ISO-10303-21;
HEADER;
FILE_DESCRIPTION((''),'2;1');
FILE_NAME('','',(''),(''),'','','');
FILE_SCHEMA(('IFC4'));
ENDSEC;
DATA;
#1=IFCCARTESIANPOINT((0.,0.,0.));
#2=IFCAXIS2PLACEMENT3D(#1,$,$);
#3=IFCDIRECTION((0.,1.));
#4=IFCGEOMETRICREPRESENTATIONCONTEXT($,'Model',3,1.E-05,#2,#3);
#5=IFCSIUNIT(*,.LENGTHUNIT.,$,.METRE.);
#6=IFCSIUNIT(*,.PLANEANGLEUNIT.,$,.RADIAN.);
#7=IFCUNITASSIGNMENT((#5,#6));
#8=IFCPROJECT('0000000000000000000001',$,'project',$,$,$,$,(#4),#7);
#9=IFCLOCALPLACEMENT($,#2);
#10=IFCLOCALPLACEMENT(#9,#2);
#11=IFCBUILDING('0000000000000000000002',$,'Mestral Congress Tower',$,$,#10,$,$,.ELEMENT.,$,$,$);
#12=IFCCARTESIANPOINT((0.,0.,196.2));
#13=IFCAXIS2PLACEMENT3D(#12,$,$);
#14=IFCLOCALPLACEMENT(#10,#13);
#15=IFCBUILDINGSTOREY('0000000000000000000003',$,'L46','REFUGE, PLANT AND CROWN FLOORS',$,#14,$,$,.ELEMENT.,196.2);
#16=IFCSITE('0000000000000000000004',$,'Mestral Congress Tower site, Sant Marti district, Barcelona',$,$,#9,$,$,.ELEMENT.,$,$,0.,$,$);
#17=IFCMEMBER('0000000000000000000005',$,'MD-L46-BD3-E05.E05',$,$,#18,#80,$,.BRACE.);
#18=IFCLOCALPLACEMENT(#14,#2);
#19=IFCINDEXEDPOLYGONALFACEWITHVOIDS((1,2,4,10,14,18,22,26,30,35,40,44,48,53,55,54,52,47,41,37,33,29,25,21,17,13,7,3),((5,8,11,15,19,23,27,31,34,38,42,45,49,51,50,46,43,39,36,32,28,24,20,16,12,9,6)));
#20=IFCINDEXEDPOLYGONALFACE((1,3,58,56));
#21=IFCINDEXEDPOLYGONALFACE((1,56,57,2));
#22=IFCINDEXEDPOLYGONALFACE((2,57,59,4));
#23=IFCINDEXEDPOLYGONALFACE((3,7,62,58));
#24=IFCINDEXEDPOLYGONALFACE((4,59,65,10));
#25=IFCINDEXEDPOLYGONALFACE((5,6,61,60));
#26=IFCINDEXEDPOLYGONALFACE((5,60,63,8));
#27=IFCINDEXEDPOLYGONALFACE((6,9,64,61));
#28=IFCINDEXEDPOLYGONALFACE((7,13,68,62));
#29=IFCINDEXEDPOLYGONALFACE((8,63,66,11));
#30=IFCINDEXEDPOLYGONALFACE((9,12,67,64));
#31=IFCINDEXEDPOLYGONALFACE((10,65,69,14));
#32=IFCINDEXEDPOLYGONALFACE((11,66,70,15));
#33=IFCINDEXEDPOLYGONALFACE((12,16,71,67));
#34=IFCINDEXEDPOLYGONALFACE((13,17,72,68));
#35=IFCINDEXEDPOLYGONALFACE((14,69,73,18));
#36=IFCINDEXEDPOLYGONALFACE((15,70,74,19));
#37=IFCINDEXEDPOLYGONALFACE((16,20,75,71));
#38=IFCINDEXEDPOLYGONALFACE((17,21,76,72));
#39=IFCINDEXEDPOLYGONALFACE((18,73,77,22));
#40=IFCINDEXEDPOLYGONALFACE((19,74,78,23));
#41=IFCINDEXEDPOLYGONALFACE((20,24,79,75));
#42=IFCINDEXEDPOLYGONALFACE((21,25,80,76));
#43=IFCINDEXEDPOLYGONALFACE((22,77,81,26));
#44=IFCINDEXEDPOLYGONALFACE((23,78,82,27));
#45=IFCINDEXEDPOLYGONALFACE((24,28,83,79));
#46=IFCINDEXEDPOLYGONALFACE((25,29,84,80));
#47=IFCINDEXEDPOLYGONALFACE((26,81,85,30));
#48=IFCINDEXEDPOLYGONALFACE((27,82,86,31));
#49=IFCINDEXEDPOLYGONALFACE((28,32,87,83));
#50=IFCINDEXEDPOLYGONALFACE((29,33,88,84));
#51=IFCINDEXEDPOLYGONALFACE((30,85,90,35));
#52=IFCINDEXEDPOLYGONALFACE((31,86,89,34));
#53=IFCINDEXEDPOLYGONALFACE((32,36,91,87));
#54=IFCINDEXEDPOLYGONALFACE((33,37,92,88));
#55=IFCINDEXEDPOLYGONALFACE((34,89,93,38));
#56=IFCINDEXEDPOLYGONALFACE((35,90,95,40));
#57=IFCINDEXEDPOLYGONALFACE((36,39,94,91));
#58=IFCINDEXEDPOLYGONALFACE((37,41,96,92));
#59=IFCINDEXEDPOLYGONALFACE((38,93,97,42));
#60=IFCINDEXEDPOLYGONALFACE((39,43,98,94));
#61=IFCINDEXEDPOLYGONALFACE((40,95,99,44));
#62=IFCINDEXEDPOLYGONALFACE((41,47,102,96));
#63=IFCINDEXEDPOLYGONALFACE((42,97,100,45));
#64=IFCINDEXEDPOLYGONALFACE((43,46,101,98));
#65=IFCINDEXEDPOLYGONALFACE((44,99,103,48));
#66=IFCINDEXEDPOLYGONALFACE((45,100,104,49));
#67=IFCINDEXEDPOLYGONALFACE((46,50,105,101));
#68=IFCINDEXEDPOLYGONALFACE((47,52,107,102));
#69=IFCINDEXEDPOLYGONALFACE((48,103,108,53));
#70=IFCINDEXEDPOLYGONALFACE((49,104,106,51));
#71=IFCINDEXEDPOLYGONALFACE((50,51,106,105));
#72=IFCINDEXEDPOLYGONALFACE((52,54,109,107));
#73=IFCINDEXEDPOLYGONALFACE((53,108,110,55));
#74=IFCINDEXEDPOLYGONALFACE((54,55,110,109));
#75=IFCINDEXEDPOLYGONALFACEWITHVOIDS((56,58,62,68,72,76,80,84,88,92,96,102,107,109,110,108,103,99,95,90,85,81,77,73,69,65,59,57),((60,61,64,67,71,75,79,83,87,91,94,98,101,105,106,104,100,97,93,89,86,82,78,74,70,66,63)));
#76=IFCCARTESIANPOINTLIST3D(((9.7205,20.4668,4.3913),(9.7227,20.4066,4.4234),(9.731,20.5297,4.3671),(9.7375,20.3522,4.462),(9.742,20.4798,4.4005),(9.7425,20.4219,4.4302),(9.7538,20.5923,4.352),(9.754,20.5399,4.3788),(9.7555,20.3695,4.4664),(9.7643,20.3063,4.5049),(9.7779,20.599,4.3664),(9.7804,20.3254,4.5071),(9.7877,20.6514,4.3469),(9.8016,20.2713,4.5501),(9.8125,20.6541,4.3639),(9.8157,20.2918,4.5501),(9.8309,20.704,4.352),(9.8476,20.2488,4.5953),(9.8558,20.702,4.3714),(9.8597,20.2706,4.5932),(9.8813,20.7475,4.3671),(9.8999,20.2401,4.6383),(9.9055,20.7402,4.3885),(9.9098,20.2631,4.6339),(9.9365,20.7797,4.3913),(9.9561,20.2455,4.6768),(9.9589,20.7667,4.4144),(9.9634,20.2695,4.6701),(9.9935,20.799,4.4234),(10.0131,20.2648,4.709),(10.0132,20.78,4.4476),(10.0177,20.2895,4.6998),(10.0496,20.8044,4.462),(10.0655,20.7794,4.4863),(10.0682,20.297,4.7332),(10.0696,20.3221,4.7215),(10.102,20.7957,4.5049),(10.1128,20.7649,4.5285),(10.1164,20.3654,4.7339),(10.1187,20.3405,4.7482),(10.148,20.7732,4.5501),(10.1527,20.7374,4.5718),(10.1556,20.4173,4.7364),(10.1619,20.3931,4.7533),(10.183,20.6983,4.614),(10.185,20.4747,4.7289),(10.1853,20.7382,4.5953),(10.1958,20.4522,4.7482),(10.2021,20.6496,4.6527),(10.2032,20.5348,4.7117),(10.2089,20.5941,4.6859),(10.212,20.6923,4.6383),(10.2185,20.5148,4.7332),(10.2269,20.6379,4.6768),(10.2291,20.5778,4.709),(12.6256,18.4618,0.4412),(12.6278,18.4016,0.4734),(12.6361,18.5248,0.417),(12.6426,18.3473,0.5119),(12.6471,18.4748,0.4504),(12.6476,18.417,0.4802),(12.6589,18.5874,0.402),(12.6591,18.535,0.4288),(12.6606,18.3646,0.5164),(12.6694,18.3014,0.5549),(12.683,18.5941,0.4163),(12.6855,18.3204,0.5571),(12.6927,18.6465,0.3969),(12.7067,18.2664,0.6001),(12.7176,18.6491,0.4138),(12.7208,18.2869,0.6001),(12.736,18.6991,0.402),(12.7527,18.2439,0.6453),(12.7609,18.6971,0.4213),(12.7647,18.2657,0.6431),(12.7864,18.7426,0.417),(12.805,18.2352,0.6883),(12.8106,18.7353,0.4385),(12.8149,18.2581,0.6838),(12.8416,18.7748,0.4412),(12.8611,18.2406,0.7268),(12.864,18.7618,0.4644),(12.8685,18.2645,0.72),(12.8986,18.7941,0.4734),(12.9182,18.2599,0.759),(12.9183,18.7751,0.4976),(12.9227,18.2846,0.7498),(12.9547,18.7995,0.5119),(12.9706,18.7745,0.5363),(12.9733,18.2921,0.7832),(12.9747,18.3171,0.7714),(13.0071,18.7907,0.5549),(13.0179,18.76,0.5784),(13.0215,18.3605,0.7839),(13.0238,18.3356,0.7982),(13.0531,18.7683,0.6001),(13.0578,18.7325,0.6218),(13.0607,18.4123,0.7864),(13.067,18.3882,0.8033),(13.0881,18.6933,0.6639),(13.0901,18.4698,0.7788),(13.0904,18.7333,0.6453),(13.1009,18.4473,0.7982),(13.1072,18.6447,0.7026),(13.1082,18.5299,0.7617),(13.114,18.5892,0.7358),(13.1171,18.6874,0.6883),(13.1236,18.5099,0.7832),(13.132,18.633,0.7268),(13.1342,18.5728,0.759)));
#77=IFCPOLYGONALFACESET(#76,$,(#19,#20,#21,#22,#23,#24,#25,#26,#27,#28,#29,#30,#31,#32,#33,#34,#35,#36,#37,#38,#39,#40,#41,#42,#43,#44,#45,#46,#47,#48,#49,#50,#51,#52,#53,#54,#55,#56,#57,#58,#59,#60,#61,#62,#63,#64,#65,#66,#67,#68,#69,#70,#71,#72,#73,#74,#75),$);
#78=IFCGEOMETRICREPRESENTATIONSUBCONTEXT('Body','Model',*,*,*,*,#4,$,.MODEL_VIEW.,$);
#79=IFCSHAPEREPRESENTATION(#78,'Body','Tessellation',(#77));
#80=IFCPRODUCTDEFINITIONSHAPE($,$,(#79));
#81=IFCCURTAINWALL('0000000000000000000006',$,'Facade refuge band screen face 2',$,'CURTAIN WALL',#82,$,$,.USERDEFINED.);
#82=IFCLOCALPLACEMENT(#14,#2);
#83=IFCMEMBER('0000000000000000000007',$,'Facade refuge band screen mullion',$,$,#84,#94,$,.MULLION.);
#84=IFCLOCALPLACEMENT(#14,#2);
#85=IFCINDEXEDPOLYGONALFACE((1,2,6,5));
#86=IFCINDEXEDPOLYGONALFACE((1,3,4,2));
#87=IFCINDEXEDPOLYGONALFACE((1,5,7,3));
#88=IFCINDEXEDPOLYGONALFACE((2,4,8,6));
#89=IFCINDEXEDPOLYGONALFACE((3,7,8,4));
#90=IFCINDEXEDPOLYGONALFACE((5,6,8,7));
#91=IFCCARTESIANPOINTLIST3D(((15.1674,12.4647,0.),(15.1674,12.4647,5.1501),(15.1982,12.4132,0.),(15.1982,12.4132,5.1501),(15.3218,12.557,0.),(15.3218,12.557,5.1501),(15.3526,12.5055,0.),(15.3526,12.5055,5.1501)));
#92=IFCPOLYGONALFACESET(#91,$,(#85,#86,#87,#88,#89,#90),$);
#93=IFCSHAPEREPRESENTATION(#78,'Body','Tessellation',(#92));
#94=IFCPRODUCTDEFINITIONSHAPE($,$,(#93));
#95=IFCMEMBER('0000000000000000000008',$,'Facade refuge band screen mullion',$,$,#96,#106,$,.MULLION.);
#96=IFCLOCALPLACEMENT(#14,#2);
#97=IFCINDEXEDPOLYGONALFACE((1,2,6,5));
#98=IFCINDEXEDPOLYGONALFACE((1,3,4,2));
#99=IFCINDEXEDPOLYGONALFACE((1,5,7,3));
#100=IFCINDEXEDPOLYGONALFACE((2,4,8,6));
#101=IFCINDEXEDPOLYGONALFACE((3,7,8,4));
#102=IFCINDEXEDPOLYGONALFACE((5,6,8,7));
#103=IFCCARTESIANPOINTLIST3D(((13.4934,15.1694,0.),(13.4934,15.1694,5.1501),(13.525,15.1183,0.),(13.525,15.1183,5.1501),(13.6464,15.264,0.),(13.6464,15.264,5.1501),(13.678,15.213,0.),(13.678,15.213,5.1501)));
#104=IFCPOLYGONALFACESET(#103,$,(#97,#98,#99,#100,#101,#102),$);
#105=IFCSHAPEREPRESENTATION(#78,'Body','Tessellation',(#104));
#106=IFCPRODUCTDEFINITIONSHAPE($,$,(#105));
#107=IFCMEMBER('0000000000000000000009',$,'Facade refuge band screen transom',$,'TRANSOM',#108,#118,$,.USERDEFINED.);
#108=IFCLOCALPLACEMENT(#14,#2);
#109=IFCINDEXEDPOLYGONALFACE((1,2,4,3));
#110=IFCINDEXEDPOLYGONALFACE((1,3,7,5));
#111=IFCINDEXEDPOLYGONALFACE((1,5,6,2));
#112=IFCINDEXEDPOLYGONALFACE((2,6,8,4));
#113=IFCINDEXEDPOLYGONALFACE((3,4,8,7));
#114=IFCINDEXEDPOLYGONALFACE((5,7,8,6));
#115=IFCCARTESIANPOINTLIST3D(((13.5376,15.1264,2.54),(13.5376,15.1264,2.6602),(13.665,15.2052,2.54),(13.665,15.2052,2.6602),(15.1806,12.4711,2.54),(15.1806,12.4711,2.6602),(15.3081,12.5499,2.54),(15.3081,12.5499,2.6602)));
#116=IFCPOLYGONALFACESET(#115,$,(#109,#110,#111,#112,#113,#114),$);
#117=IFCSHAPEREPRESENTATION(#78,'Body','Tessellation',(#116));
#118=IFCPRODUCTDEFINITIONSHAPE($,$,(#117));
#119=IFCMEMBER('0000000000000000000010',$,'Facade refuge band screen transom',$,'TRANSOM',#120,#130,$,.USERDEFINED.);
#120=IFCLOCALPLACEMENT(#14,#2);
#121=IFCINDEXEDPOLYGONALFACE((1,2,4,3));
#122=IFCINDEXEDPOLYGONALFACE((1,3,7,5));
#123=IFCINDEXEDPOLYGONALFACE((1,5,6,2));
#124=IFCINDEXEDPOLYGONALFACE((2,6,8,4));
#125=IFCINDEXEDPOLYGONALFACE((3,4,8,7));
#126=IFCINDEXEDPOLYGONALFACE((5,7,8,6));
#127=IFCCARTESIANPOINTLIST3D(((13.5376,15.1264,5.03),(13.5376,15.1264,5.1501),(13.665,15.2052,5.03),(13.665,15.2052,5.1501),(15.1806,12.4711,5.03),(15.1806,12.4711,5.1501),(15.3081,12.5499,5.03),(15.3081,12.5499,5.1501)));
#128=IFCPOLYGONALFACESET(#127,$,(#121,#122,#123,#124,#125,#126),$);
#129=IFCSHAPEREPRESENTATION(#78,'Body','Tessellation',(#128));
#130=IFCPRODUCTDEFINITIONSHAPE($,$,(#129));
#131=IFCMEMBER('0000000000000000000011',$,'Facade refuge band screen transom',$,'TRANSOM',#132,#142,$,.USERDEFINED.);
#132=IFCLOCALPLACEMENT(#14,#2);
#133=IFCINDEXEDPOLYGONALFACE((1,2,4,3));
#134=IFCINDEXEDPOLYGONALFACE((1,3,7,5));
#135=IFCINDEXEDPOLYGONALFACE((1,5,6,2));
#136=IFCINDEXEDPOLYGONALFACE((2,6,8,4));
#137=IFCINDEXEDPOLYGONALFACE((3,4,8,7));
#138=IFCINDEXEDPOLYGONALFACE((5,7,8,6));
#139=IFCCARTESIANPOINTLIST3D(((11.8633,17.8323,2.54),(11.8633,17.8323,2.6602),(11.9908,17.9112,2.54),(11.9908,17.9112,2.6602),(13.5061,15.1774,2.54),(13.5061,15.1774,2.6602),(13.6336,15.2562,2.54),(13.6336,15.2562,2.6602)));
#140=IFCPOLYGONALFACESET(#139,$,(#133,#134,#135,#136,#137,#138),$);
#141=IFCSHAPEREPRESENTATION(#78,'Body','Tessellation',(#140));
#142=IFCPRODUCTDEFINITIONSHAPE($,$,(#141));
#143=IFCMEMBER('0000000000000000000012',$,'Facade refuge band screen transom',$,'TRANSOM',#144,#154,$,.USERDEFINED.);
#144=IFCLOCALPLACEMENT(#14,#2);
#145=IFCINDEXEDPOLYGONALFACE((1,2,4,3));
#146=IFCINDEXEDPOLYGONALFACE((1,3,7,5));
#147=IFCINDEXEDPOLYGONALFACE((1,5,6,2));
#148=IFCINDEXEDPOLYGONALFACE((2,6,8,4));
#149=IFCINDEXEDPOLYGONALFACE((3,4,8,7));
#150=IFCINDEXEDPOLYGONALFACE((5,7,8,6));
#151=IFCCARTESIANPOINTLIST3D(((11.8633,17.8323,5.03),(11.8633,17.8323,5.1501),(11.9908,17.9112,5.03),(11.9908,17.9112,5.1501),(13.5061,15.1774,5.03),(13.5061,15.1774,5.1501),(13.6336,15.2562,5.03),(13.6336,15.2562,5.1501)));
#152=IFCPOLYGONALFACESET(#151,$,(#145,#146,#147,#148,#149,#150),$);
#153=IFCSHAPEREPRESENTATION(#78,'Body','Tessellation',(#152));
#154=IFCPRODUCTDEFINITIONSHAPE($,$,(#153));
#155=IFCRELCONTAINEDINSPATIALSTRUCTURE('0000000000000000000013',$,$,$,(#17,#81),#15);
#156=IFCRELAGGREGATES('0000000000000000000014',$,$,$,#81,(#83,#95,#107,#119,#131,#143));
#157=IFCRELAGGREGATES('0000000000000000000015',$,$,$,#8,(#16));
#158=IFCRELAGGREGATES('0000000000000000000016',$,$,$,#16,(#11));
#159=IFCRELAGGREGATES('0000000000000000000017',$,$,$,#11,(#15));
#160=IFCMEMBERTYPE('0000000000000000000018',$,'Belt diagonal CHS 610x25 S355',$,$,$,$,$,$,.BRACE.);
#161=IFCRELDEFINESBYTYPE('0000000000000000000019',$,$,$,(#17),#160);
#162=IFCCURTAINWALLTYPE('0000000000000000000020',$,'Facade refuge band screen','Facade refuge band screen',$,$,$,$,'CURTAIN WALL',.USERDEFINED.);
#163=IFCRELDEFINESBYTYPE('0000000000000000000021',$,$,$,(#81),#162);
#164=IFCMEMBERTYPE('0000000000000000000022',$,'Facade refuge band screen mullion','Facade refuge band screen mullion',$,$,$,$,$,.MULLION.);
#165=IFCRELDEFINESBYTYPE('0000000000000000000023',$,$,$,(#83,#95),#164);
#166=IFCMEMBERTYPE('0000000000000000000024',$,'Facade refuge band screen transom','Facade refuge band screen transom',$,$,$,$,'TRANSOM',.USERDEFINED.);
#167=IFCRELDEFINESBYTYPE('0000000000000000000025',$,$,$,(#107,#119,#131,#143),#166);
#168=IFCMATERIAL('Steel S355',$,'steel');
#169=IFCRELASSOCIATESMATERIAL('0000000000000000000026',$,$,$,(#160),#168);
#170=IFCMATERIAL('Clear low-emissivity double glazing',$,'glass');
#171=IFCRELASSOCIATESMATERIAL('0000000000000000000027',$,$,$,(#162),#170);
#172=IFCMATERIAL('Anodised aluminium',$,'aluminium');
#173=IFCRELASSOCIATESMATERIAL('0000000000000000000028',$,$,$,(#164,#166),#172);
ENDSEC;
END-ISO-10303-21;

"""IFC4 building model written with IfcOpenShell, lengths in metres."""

from ifc_helpers import new_model, si_unit, direction, frame, origin, origin_2d, place, context, subcontext, project, spatial, rectangle, hollow_circle, extrude, material, material_profile, profile_set, type_object, element, aggregate, save


model = new_model("IFC4")

# Units and contexts
model_context = context("Model", 3, precision=1e-05, world=origin(), true_north=direction((0.0, 1.0)))
body_context = subcontext(model_context, "Body", "Model", "MODEL_VIEW")
ifc_project = project(units=[si_unit("LENGTHUNIT", "METRE"), si_unit("PLANEANGLEUNIT", "RADIAN")], contexts=[model_context])

# Site, building, storey
site_placement = place(None, origin())
site = spatial("IfcSite", under=ifc_project, at=site_placement, Name="Mestral Congress Tower site, Sant Marti district, Barcelona", CompositionType="ELEMENT", RefElevation=0.0)
building_placement = place(site_placement, origin())
building = spatial("IfcBuilding", under=site, at=building_placement, Name="Mestral Congress Tower", CompositionType="ELEMENT")
storey_placement = place(building_placement, frame((0.0, 0.0, 196.2)))
storey = spatial("IfcBuildingStorey", under=building, at=storey_placement, Name="L46", Description="REFUGE, PLANT AND CROWN FLOORS", CompositionType="ELEMENT", Elevation=196.2)

# Member
ifc_material_1 = material(Name="Steel S355", Category="steel")
ifc_material_profile_1 = material_profile(ifc_material_1, hollow_circle(Radius=0.3049, WallThickness=0.0249, at=origin_2d()), Name="CHS 610x25")
ifc_profile_set_1 = profile_set([ifc_material_profile_1], Name="Steel S355")
member_type_1 = type_object("IfcMemberType", Name="Belt diagonal CHS 610x25 S355", PredefinedType="BRACE", material=ifc_profile_set_1)
member_1_placement = place(storey_placement, frame((12.8799, 18.5173, 0.6001), z_axis=(-0.548403, 0.378476, 0.745661), x_axis=(-0.568004, -0.823025, 0.0)))
element("IfcMember", 1, at=member_1_placement, inside=storey, type_object=member_type_1, Name="MD-L46-BD3-E05.E05", PredefinedType="BRACE", context=body_context, shape_type="SweptSolid", body=[
    extrude(hollow_circle(Radius=0.3049, WallThickness=0.0249, at=origin_2d()), origin(), (0.0, 0.0, 1.0), 5.2974),
])

# Curtain wall, members
ifc_material_2 = material(Name="Clear low-emissivity double glazing", Category="glass")
curtain_wall_type = type_object("IfcCurtainWallType", Name="Facade refuge band screen", Description="Facade refuge band screen", ElementType="CURTAIN WALL", PredefinedType="USERDEFINED", material=ifc_material_2)
curtain_wall_placement = place(storey_placement, origin())
curtain_wall = element("IfcCurtainWall", 2, at=curtain_wall_placement, inside=storey, type_object=curtain_wall_type, Name="Facade refuge band screen face 2", ObjectType="CURTAIN WALL", PredefinedType="USERDEFINED")
ifc_material_3 = material(Name="Anodised aluminium", Category="aluminium")
ifc_material_profile_2 = material_profile(ifc_material_3, rectangle(XDim=0.1799, YDim=0.0601, at=origin_2d()), Name="CW3 mullion 180 x 60")
ifc_profile_set_2 = profile_set([ifc_material_profile_2], Name="Anodised aluminium")
member_type_2 = type_object("IfcMemberType", Name="Facade refuge band screen mullion", Description="Facade refuge band screen mullion", PredefinedType="MULLION", material=ifc_profile_set_2)
member_2_placement = place(storey_placement, frame((15.26, 12.4851, 0.0), z_axis=(0.0, 0.0, 1.0), x_axis=(0.858293, 0.513159, 0.0)))
member_2 = element("IfcMember", 3, at=member_2_placement, type_object=member_type_2, Name="Facade refuge band screen mullion", PredefinedType="MULLION", context=body_context, shape_type="SweptSolid", body=[
    extrude(rectangle(XDim=0.1799, YDim=0.0601, at=origin_2d()), origin(), (0.0, 0.0, 1.0), 5.1501),
])
member_3_placement = place(storey_placement, frame((13.5857, 15.1912, 0.0), z_axis=(0.0, 0.0, 1.0), x_axis=(0.850362, 0.526198, 0.0)))
member_3 = element("IfcMember", 4, at=member_3_placement, type_object=member_type_2, Name="Facade refuge band screen mullion", PredefinedType="MULLION", context=body_context, shape_type="SweptSolid", body=[
    extrude(rectangle(XDim=0.1799, YDim=0.0601, at=origin_2d()), origin(), (0.0, 0.0, 1.0), 5.1501),
])
ifc_material_profile_3 = material_profile(ifc_material_3, rectangle(XDim=0.1499, YDim=0.1201, at=origin_2d()), Name="CW3 transom 150 x 120")
ifc_profile_set_3 = profile_set([ifc_material_profile_3], Name="Anodised aluminium")
member_type_3 = type_object("IfcMemberType", Name="Facade refuge band screen transom", Description="Facade refuge band screen transom", ElementType="TRANSOM", PredefinedType="USERDEFINED", material=ifc_profile_set_3)
member_4_placement = place(storey_placement, frame((15.2444, 12.5105, 2.6001), z_axis=(-0.526198, 0.850362, 0.0), x_axis=(-0.850362, -0.526198, 0.0)))
member_4 = element("IfcMember", 5, at=member_4_placement, type_object=member_type_3, Name="Facade refuge band screen transom", ObjectType="TRANSOM", PredefinedType="USERDEFINED", context=body_context, shape_type="SweptSolid", body=[
    extrude(rectangle(XDim=0.1499, YDim=0.1201, at=origin_2d()), origin(), (0.0, 0.0, 1.0), 3.1226),
])
member_5_placement = place(storey_placement, frame((15.2444, 12.5105, 5.0901), z_axis=(-0.526198, 0.850362, 0.0), x_axis=(-0.850362, -0.526198, 0.0)))
member_5 = element("IfcMember", 6, at=member_5_placement, type_object=member_type_3, Name="Facade refuge band screen transom", ObjectType="TRANSOM", PredefinedType="USERDEFINED", context=body_context, shape_type="SweptSolid", body=[
    extrude(rectangle(XDim=0.1499, YDim=0.1201, at=origin_2d()), origin(), (0.0, 0.0, 1.0), 3.1226),
])
member_6_placement = place(storey_placement, frame((13.5698, 15.2168, 2.6001), z_axis=(-0.526177, 0.850375, 0.0), x_axis=(-0.850375, -0.526177, 0.0)))
member_6 = element("IfcMember", 7, at=member_6_placement, type_object=member_type_3, Name="Facade refuge band screen transom", ObjectType="TRANSOM", PredefinedType="USERDEFINED", context=body_context, shape_type="SweptSolid", body=[
    extrude(rectangle(XDim=0.1499, YDim=0.1201, at=origin_2d()), origin(), (0.0, 0.0, 1.0), 3.1221),
])
member_7_placement = place(storey_placement, frame((13.5698, 15.2168, 5.0901), z_axis=(-0.526177, 0.850375, 0.0), x_axis=(-0.850375, -0.526177, 0.0)))
member_7 = element("IfcMember", 8, at=member_7_placement, type_object=member_type_3, Name="Facade refuge band screen transom", ObjectType="TRANSOM", PredefinedType="USERDEFINED", context=body_context, shape_type="SweptSolid", body=[
    extrude(rectangle(XDim=0.1499, YDim=0.1201, at=origin_2d()), origin(), (0.0, 0.0, 1.0), 3.1221),
])

aggregate(curtain_wall, [member_2, member_3, member_4, member_5, member_6, member_7])

save(model, "model.ifc")
